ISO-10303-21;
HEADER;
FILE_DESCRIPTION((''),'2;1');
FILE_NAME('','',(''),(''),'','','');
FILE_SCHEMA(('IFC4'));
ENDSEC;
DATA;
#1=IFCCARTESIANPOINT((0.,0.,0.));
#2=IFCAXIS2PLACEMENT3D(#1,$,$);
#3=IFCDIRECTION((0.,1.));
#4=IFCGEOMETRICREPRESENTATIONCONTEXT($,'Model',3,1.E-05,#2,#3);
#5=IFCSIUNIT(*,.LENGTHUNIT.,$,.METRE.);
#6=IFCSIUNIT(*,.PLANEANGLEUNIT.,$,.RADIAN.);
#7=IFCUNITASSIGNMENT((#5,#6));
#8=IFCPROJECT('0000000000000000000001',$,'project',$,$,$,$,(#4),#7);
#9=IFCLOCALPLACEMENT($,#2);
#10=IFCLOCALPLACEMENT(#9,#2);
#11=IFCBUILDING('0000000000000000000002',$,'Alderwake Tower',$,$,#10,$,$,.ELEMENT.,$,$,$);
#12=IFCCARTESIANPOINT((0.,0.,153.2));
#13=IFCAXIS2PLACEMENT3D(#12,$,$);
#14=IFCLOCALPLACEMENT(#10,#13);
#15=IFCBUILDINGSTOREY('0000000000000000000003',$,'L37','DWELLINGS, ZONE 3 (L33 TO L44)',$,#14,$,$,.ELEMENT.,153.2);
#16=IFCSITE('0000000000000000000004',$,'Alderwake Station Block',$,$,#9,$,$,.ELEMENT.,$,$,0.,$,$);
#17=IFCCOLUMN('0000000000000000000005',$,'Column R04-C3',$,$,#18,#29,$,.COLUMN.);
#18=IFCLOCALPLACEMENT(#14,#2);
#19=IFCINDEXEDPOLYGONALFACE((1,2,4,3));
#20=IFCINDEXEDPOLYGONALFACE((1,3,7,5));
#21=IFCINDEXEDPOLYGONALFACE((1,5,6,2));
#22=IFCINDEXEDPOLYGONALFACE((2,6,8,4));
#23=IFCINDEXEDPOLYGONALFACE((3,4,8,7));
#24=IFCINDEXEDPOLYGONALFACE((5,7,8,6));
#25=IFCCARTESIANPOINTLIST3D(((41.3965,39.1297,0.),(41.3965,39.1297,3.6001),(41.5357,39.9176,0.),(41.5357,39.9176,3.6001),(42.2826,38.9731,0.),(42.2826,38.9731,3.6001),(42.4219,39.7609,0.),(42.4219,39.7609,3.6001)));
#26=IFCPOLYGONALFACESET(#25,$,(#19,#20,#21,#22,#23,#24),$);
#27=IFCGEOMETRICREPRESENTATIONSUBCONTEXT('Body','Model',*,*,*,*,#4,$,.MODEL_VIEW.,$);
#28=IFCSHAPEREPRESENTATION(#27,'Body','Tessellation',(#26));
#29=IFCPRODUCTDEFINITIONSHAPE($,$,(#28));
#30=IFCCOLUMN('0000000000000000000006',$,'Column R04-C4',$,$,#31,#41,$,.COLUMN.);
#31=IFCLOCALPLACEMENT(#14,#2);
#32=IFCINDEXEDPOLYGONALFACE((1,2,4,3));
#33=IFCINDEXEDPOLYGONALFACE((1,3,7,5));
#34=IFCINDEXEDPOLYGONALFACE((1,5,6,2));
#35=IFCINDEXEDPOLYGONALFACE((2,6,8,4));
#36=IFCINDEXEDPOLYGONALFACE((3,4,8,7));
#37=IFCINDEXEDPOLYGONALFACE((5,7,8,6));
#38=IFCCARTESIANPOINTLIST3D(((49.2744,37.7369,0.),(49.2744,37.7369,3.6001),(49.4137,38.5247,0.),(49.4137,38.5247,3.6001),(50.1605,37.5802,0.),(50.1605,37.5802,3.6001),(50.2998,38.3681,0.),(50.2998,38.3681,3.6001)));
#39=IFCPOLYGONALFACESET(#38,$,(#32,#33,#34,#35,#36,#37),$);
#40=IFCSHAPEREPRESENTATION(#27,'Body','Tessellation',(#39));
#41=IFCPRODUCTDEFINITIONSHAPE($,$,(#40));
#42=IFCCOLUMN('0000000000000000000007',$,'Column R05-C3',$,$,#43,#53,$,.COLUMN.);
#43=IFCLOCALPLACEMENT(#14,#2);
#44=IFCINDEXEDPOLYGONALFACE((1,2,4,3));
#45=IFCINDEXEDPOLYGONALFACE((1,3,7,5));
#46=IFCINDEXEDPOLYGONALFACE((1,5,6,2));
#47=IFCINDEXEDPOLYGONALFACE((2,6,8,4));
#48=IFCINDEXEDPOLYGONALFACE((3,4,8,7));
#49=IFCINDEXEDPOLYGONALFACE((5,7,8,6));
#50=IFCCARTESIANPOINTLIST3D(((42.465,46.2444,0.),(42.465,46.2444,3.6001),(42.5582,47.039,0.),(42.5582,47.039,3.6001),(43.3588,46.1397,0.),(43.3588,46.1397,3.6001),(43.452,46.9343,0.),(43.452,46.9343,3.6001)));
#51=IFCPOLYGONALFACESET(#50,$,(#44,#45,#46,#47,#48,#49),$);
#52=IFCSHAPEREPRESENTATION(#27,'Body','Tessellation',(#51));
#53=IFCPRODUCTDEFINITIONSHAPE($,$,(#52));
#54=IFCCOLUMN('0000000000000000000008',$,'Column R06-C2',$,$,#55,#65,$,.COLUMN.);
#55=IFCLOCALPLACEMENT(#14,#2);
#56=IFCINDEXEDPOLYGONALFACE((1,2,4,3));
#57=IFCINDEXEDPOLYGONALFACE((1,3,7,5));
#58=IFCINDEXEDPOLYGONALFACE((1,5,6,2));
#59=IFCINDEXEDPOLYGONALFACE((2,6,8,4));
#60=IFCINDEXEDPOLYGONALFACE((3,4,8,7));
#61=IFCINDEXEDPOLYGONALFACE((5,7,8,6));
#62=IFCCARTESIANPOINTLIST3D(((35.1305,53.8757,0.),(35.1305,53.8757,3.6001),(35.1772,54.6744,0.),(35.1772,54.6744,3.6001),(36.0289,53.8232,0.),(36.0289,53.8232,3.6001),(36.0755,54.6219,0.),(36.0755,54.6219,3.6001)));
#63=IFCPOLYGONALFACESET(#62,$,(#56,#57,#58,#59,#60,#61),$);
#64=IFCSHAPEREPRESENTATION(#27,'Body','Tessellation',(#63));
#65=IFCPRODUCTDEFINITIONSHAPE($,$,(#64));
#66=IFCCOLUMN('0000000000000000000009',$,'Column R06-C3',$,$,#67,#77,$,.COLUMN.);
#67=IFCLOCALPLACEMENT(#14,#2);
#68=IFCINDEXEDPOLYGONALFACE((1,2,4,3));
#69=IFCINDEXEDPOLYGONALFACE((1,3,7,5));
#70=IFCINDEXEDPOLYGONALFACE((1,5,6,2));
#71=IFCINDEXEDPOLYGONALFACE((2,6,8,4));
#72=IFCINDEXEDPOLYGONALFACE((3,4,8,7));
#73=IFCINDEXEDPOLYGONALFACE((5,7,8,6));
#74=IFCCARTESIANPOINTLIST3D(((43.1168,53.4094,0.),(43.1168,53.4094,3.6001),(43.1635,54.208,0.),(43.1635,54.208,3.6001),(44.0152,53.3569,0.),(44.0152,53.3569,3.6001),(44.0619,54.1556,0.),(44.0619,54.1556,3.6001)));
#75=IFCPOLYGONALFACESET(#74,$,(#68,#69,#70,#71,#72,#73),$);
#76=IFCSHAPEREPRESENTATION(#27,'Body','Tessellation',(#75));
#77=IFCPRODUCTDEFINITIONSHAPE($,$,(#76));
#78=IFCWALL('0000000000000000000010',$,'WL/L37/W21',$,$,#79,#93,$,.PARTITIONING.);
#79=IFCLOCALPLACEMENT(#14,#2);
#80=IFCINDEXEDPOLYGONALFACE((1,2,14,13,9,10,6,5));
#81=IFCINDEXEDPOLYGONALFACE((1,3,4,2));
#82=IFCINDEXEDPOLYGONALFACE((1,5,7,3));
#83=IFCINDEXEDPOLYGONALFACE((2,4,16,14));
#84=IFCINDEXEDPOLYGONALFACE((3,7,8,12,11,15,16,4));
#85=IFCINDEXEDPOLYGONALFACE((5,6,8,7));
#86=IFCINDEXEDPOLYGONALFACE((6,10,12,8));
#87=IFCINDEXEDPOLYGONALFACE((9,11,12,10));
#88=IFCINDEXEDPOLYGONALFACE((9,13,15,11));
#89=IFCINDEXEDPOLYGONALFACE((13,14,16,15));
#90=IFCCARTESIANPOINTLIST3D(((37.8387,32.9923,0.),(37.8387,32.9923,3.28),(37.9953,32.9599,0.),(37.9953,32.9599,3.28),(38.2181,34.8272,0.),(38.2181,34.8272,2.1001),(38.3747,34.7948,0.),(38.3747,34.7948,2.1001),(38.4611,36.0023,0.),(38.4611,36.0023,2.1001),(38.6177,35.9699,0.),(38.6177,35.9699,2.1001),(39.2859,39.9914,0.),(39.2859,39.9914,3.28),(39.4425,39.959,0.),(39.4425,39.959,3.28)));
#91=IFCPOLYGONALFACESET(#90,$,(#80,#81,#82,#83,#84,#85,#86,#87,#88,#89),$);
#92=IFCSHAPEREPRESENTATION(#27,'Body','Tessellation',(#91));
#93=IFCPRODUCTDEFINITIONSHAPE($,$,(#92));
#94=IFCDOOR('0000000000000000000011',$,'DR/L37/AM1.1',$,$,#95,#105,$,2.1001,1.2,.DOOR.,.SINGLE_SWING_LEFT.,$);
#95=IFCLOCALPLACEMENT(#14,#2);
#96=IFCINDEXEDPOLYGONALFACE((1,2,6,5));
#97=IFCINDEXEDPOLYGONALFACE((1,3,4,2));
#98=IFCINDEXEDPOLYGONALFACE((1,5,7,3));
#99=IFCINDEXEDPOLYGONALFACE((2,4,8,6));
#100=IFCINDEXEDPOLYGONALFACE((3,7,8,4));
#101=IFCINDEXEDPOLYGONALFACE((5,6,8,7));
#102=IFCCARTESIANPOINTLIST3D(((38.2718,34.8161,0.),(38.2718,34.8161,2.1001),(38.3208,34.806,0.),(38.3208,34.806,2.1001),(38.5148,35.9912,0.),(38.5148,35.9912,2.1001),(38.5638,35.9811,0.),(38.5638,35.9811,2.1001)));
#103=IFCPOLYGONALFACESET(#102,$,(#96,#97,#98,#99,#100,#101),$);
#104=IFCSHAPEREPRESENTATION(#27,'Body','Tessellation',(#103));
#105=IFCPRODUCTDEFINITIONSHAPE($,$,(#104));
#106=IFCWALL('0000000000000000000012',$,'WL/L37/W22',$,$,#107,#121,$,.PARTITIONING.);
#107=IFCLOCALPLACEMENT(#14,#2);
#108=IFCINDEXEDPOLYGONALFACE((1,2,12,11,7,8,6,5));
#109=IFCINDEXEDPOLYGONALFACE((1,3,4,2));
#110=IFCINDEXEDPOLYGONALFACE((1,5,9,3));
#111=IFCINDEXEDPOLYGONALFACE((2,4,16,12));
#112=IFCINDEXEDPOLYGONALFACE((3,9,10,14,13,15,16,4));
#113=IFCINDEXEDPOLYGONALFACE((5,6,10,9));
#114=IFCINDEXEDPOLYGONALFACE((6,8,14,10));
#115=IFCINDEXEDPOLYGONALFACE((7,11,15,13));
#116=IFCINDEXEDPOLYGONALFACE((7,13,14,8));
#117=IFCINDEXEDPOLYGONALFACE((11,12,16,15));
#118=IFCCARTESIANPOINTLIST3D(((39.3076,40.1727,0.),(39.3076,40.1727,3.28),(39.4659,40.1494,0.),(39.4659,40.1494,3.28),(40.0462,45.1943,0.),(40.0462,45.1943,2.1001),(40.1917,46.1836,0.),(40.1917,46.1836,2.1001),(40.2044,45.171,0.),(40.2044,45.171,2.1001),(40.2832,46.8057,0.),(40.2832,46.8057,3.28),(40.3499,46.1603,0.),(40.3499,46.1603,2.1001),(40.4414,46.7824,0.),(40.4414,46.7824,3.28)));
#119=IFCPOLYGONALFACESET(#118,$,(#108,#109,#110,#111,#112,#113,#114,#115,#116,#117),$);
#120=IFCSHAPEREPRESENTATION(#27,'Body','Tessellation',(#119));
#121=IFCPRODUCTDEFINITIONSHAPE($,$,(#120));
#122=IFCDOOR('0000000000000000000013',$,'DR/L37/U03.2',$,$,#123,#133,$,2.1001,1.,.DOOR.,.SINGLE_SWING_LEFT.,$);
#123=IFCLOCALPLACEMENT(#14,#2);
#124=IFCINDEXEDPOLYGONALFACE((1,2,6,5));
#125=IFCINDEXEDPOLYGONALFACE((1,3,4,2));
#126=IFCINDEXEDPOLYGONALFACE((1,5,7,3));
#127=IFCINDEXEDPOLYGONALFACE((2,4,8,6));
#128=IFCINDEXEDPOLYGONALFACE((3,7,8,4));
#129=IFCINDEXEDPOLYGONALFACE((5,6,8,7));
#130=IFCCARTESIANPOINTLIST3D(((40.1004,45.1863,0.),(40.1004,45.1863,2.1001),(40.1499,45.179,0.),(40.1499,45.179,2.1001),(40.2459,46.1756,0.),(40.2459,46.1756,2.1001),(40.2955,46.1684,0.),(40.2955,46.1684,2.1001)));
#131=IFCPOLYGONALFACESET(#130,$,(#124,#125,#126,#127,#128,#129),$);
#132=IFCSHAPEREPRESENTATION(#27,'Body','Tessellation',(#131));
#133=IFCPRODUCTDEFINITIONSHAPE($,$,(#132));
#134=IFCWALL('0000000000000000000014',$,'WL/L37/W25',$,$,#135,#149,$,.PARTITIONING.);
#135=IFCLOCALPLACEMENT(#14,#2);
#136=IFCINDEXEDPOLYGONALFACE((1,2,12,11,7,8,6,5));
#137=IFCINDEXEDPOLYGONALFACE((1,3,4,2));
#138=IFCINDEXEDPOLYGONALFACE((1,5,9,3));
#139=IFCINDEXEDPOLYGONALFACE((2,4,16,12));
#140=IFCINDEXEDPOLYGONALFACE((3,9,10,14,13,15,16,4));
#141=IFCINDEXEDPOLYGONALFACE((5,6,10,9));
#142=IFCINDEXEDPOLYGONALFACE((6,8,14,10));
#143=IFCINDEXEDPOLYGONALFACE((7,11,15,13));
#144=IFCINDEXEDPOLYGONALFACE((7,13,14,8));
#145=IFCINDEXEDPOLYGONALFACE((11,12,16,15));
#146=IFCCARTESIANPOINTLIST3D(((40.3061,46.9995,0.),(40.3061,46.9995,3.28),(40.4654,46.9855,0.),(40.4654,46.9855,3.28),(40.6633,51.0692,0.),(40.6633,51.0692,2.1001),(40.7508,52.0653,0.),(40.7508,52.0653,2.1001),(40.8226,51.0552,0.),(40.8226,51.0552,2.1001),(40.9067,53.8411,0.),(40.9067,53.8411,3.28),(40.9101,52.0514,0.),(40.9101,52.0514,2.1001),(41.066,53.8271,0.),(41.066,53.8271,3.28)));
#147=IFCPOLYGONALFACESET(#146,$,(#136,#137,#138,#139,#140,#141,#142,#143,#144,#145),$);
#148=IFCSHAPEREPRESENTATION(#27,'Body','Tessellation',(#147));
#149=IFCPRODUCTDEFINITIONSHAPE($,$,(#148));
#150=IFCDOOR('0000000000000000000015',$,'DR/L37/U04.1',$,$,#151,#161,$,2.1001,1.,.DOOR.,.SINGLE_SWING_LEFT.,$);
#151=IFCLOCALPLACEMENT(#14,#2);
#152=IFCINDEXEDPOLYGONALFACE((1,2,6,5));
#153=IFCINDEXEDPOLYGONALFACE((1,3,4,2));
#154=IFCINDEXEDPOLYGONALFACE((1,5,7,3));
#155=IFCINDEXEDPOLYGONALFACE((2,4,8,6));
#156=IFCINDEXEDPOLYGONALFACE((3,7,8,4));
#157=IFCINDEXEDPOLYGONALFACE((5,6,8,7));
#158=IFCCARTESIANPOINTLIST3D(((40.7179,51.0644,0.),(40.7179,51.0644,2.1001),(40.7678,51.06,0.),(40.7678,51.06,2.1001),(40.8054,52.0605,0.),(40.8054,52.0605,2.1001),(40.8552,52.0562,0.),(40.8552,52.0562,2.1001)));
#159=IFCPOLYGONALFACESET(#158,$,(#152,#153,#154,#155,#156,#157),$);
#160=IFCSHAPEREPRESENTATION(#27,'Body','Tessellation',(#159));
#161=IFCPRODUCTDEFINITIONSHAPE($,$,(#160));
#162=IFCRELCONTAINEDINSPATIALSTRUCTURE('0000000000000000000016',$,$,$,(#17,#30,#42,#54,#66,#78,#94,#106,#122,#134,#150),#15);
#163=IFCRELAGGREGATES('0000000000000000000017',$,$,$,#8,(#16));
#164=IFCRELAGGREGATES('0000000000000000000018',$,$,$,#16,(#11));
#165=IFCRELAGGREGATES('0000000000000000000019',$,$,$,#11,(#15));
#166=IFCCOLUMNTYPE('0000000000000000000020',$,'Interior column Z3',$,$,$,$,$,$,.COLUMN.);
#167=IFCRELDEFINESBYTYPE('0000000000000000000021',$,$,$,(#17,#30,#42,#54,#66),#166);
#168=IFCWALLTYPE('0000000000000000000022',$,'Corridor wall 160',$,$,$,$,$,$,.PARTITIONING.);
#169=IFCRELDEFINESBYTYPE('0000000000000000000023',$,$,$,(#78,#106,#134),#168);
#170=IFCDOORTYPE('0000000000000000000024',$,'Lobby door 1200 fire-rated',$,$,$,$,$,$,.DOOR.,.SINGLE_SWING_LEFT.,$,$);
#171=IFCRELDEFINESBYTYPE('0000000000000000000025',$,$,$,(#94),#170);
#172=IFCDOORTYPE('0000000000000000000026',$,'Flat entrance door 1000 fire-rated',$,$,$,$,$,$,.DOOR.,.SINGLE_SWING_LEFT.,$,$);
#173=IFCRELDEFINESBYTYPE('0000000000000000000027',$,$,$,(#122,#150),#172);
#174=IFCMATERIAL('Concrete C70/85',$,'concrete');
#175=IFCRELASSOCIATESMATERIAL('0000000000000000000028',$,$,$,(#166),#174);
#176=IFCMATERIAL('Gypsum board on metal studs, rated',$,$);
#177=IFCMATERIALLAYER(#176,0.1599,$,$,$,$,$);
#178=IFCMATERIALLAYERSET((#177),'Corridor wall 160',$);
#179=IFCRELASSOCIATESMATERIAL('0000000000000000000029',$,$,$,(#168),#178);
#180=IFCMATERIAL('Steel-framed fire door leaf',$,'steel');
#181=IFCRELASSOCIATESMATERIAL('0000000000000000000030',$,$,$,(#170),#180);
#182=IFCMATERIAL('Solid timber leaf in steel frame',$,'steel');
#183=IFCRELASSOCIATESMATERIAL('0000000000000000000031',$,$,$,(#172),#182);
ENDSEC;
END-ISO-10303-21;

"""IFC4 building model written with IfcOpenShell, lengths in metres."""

from ifc_helpers import new_model, si_unit, direction, frame, frame_2d, origin, origin_2d, place, context, subcontext, project, spatial, rectangle, extrude, material, layer, layer_set, material_profile, profile_set, type_object, element, fill, save


model = new_model("IFC4")

# Units and contexts
model_context = context("Model", 3, precision=1e-05, world=origin(), true_north=direction((0.0, 1.0)))
body_context = subcontext(model_context, "Body", "Model", "MODEL_VIEW")
ifc_project = project(units=[si_unit("LENGTHUNIT", "METRE"), si_unit("PLANEANGLEUNIT", "RADIAN")], contexts=[model_context])

# Site, building, storey
site_placement = place(None, origin())
site = spatial("IfcSite", under=ifc_project, at=site_placement, Name="Alderwake Station Block", CompositionType="ELEMENT", RefElevation=0.0)
building_placement = place(site_placement, origin())
building = spatial("IfcBuilding", under=site, at=building_placement, Name="Alderwake Tower", CompositionType="ELEMENT")
storey_placement = place(building_placement, frame((0.0, 0.0, 153.2)))
storey = spatial("IfcBuildingStorey", under=building, at=storey_placement, Name="L37", Description="DWELLINGS, ZONE 3 (L33 TO L44)", CompositionType="ELEMENT", Elevation=153.2)

# Columns
ifc_material_1 = material(Name="Concrete C70/85", Category="concrete")
ifc_material_profile = material_profile(ifc_material_1, rectangle(XDim=0.8, YDim=0.8999, at=origin_2d()), Name="RC 900X800")
ifc_profile_set = profile_set([ifc_material_profile], Name="Concrete C70/85")
column_type = type_object("IfcColumnType", Name="Interior column Z3", PredefinedType="COLUMN", material=ifc_profile_set)
for number, where, z_axis, x_axis, name in (
    (1, (41.9092, 39.4453, 0.0), (0.0, 0.0, 1.0), (0.174109, 0.984726, 0.0), "Column R04-C3"),
    (2, (49.7871, 38.0525, 0.0), (0.0, 0.0, 1.0), (0.174109, 0.984726, 0.0), "Column R04-C4"),
    (3, (42.9585, 46.5894, 0.0), (0.0, 0.0, 1.0), (0.116402, 0.993202, 0.0), "Column R05-C3"),
    (4, (35.603, 54.2488, 0.0), (0.0, 0.0, 1.0), (0.058301, 0.998299, 0.0), "Column R06-C2"),
    (5, (43.5894, 53.7825, 0.0), (0.0, 0.0, 1.0), (0.058301, 0.998299, 0.0), "Column R06-C3"),
):
    element("IfcColumn", number, at=place(storey_placement, frame(where, z_axis=z_axis, x_axis=x_axis)), inside=storey, type_object=column_type, Name=name, PredefinedType="COLUMN", context=body_context, shape_type="SweptSolid", body=[
        extrude(rectangle(XDim=0.8, YDim=0.8999, at=origin_2d()), origin(), (0.0, 0.0, 1.0), 3.6001),
    ])

# Walls, openings, doors
ifc_material_2 = material(Name="Gypsum board on metal studs, rated")
ifc_layer_1 = layer(ifc_material_2, 0.1599)
ifc_layer_set_1 = layer_set([ifc_layer_1], Name="Corridor wall 160")
wall_type_1 = type_object("IfcWallType", Name="Corridor wall 160", PredefinedType="PARTITIONING", material=ifc_layer_set_1)
wall_1_placement = place(storey_placement, frame((39.3643, 39.9753, 0.0), z_axis=(0.0, 0.0, 1.0), x_axis=(-0.20249, -0.979284, 0.0)))
wall_1 = element("IfcWall", 6, at=wall_1_placement, inside=storey, type_object=wall_type_1, Name="WL/L37/W21", PredefinedType="PARTITIONING", context=body_context, shape_type="SweptSolid", body=[
    extrude(rectangle(XDim=7.1472, YDim=0.1599, at=frame_2d((3.5737, 0.0))), origin(), (0.0, 0.0, 1.0), 3.28),
])
opening_1_placement = place(wall_1_placement, frame((4.0735, 0.0, 0.0)))
opening_1 = element("IfcOpeningElement", 7, at=opening_1_placement, cuts=wall_1, PredefinedType="OPENING", context=body_context, shape_type="SweptSolid", body=[
    extrude(rectangle(XDim=1.2, YDim=2.1001, at=frame_2d((0.6001, 1.05))), frame((0.0, 0.0898, 0.0), z_axis=(0.0, -1.0, 0.0), x_axis=(1.0, 0.0, 0.0)), (0.0, 0.0, 1.0), 0.1799),
])
ifc_material_3 = material(Name="Steel-framed fire door leaf", Category="steel")
door_type_1 = type_object("IfcDoorType", Name="Lobby door 1200 fire-rated", OperationType="SINGLE_SWING_LEFT", PredefinedType="DOOR", material=ifc_material_3)
door_1_placement = place(opening_1_placement, origin())
door_1 = element("IfcDoor", 8, at=door_1_placement, inside=storey, type_object=door_type_1, Name="DR/L37/AM1.1", OperationType="SINGLE_SWING_LEFT", OverallHeight=2.1001, OverallWidth=1.2, PredefinedType="DOOR", context=body_context, shape_type="SweptSolid", body=[
    extrude(rectangle(XDim=1.2, YDim=2.1001, at=frame_2d((0.6001, 1.05))), frame((0.0, 0.0249, 0.0), z_axis=(0.0, -1.0, 0.0), x_axis=(1.0, 0.0, 0.0)), (0.0, 0.0, 1.0), 0.05),
])
fill(opening_1, door_1)
wall_2_placement = place(storey_placement, frame((40.3623, 46.7939, 0.0), z_axis=(0.0, 0.0, 1.0), x_axis=(-0.145514, -0.989356, 0.0)))
wall_2 = element("IfcWall", 9, at=wall_2_placement, inside=storey, type_object=wall_type_1, Name="WL/L37/W22", PredefinedType="PARTITIONING", context=body_context, shape_type="SweptSolid", body=[
    extrude(rectangle(XDim=6.7043, YDim=0.1599, at=frame_2d((3.3521, 0.0))), origin(), (0.0, 0.0, 1.0), 3.28),
])
opening_2_placement = place(wall_2_placement, frame((0.6287, 0.0, 0.0)))
opening_2 = element("IfcOpeningElement", 10, at=opening_2_placement, cuts=wall_2, PredefinedType="OPENING", context=body_context, shape_type="SweptSolid", body=[
    extrude(rectangle(XDim=1.0, YDim=2.1001, at=frame_2d((0.5, 1.05))), frame((0.0, 0.0898, 0.0), z_axis=(0.0, -1.0, 0.0), x_axis=(1.0, 0.0, 0.0)), (0.0, 0.0, 1.0), 0.1799),
])
ifc_material_4 = material(Name="Solid timber leaf in steel frame", Category="steel")
door_type_2 = type_object("IfcDoorType", Name="Flat entrance door 1000 fire-rated", OperationType="SINGLE_SWING_LEFT", PredefinedType="DOOR", material=ifc_material_4)
door_2_placement = place(opening_2_placement, origin())
door_2 = element("IfcDoor", 11, at=door_2_placement, inside=storey, type_object=door_type_2, Name="DR/L37/U03.2", OperationType="SINGLE_SWING_LEFT", OverallHeight=2.1001, OverallWidth=1.0, PredefinedType="DOOR", context=body_context, shape_type="SweptSolid", body=[
    extrude(rectangle(XDim=1.0, YDim=2.1001, at=frame_2d((0.5, 1.05))), frame((0.0, 0.0249, 0.0), z_axis=(0.0, -1.0, 0.0), x_axis=(1.0, 0.0, 0.0)), (0.0, 0.0, 1.0), 0.05),
])
fill(opening_2, door_2)
wall_3_placement = place(storey_placement, frame((40.9863, 53.8342, 0.0), z_axis=(0.0, 0.0, 1.0), x_axis=(-0.087449, -0.996169, 0.0)))
wall_3 = element("IfcWall", 12, at=wall_3_placement, inside=storey, type_object=wall_type_1, Name="WL/L37/W25", PredefinedType="PARTITIONING", context=body_context, shape_type="SweptSolid", body=[
    extrude(rectangle(XDim=6.8679, YDim=0.1599, at=frame_2d((3.4341, 0.0))), origin(), (0.0, 0.0, 1.0), 3.28),
])
opening_3_placement = place(wall_3_placement, frame((1.7827, 0.0, 0.0)))
opening_3 = element("IfcOpeningElement", 13, at=opening_3_placement, cuts=wall_3, PredefinedType="OPENING", context=body_context, shape_type="SweptSolid", body=[
    extrude(rectangle(XDim=1.0, YDim=2.1001, at=frame_2d((0.5, 1.05))), frame((0.0, 0.0898, 0.0), z_axis=(0.0, -1.0, 0.0), x_axis=(1.0, 0.0, 0.0)), (0.0, 0.0, 1.0), 0.1799),
])
door_3_placement = place(opening_3_placement, origin())
door_3 = element("IfcDoor", 14, at=door_3_placement, inside=storey, type_object=door_type_2, Name="DR/L37/U04.1", OperationType="SINGLE_SWING_LEFT", OverallHeight=2.1001, OverallWidth=1.0, PredefinedType="DOOR", context=body_context, shape_type="SweptSolid", body=[
    extrude(rectangle(XDim=1.0, YDim=2.1001, at=frame_2d((0.5, 1.05))), frame((0.0, 0.0249, 0.0), z_axis=(0.0, -1.0, 0.0), x_axis=(1.0, 0.0, 0.0)), (0.0, 0.0, 1.0), 0.05),
])
fill(opening_3, door_3)

save(model, "model.ifc")
